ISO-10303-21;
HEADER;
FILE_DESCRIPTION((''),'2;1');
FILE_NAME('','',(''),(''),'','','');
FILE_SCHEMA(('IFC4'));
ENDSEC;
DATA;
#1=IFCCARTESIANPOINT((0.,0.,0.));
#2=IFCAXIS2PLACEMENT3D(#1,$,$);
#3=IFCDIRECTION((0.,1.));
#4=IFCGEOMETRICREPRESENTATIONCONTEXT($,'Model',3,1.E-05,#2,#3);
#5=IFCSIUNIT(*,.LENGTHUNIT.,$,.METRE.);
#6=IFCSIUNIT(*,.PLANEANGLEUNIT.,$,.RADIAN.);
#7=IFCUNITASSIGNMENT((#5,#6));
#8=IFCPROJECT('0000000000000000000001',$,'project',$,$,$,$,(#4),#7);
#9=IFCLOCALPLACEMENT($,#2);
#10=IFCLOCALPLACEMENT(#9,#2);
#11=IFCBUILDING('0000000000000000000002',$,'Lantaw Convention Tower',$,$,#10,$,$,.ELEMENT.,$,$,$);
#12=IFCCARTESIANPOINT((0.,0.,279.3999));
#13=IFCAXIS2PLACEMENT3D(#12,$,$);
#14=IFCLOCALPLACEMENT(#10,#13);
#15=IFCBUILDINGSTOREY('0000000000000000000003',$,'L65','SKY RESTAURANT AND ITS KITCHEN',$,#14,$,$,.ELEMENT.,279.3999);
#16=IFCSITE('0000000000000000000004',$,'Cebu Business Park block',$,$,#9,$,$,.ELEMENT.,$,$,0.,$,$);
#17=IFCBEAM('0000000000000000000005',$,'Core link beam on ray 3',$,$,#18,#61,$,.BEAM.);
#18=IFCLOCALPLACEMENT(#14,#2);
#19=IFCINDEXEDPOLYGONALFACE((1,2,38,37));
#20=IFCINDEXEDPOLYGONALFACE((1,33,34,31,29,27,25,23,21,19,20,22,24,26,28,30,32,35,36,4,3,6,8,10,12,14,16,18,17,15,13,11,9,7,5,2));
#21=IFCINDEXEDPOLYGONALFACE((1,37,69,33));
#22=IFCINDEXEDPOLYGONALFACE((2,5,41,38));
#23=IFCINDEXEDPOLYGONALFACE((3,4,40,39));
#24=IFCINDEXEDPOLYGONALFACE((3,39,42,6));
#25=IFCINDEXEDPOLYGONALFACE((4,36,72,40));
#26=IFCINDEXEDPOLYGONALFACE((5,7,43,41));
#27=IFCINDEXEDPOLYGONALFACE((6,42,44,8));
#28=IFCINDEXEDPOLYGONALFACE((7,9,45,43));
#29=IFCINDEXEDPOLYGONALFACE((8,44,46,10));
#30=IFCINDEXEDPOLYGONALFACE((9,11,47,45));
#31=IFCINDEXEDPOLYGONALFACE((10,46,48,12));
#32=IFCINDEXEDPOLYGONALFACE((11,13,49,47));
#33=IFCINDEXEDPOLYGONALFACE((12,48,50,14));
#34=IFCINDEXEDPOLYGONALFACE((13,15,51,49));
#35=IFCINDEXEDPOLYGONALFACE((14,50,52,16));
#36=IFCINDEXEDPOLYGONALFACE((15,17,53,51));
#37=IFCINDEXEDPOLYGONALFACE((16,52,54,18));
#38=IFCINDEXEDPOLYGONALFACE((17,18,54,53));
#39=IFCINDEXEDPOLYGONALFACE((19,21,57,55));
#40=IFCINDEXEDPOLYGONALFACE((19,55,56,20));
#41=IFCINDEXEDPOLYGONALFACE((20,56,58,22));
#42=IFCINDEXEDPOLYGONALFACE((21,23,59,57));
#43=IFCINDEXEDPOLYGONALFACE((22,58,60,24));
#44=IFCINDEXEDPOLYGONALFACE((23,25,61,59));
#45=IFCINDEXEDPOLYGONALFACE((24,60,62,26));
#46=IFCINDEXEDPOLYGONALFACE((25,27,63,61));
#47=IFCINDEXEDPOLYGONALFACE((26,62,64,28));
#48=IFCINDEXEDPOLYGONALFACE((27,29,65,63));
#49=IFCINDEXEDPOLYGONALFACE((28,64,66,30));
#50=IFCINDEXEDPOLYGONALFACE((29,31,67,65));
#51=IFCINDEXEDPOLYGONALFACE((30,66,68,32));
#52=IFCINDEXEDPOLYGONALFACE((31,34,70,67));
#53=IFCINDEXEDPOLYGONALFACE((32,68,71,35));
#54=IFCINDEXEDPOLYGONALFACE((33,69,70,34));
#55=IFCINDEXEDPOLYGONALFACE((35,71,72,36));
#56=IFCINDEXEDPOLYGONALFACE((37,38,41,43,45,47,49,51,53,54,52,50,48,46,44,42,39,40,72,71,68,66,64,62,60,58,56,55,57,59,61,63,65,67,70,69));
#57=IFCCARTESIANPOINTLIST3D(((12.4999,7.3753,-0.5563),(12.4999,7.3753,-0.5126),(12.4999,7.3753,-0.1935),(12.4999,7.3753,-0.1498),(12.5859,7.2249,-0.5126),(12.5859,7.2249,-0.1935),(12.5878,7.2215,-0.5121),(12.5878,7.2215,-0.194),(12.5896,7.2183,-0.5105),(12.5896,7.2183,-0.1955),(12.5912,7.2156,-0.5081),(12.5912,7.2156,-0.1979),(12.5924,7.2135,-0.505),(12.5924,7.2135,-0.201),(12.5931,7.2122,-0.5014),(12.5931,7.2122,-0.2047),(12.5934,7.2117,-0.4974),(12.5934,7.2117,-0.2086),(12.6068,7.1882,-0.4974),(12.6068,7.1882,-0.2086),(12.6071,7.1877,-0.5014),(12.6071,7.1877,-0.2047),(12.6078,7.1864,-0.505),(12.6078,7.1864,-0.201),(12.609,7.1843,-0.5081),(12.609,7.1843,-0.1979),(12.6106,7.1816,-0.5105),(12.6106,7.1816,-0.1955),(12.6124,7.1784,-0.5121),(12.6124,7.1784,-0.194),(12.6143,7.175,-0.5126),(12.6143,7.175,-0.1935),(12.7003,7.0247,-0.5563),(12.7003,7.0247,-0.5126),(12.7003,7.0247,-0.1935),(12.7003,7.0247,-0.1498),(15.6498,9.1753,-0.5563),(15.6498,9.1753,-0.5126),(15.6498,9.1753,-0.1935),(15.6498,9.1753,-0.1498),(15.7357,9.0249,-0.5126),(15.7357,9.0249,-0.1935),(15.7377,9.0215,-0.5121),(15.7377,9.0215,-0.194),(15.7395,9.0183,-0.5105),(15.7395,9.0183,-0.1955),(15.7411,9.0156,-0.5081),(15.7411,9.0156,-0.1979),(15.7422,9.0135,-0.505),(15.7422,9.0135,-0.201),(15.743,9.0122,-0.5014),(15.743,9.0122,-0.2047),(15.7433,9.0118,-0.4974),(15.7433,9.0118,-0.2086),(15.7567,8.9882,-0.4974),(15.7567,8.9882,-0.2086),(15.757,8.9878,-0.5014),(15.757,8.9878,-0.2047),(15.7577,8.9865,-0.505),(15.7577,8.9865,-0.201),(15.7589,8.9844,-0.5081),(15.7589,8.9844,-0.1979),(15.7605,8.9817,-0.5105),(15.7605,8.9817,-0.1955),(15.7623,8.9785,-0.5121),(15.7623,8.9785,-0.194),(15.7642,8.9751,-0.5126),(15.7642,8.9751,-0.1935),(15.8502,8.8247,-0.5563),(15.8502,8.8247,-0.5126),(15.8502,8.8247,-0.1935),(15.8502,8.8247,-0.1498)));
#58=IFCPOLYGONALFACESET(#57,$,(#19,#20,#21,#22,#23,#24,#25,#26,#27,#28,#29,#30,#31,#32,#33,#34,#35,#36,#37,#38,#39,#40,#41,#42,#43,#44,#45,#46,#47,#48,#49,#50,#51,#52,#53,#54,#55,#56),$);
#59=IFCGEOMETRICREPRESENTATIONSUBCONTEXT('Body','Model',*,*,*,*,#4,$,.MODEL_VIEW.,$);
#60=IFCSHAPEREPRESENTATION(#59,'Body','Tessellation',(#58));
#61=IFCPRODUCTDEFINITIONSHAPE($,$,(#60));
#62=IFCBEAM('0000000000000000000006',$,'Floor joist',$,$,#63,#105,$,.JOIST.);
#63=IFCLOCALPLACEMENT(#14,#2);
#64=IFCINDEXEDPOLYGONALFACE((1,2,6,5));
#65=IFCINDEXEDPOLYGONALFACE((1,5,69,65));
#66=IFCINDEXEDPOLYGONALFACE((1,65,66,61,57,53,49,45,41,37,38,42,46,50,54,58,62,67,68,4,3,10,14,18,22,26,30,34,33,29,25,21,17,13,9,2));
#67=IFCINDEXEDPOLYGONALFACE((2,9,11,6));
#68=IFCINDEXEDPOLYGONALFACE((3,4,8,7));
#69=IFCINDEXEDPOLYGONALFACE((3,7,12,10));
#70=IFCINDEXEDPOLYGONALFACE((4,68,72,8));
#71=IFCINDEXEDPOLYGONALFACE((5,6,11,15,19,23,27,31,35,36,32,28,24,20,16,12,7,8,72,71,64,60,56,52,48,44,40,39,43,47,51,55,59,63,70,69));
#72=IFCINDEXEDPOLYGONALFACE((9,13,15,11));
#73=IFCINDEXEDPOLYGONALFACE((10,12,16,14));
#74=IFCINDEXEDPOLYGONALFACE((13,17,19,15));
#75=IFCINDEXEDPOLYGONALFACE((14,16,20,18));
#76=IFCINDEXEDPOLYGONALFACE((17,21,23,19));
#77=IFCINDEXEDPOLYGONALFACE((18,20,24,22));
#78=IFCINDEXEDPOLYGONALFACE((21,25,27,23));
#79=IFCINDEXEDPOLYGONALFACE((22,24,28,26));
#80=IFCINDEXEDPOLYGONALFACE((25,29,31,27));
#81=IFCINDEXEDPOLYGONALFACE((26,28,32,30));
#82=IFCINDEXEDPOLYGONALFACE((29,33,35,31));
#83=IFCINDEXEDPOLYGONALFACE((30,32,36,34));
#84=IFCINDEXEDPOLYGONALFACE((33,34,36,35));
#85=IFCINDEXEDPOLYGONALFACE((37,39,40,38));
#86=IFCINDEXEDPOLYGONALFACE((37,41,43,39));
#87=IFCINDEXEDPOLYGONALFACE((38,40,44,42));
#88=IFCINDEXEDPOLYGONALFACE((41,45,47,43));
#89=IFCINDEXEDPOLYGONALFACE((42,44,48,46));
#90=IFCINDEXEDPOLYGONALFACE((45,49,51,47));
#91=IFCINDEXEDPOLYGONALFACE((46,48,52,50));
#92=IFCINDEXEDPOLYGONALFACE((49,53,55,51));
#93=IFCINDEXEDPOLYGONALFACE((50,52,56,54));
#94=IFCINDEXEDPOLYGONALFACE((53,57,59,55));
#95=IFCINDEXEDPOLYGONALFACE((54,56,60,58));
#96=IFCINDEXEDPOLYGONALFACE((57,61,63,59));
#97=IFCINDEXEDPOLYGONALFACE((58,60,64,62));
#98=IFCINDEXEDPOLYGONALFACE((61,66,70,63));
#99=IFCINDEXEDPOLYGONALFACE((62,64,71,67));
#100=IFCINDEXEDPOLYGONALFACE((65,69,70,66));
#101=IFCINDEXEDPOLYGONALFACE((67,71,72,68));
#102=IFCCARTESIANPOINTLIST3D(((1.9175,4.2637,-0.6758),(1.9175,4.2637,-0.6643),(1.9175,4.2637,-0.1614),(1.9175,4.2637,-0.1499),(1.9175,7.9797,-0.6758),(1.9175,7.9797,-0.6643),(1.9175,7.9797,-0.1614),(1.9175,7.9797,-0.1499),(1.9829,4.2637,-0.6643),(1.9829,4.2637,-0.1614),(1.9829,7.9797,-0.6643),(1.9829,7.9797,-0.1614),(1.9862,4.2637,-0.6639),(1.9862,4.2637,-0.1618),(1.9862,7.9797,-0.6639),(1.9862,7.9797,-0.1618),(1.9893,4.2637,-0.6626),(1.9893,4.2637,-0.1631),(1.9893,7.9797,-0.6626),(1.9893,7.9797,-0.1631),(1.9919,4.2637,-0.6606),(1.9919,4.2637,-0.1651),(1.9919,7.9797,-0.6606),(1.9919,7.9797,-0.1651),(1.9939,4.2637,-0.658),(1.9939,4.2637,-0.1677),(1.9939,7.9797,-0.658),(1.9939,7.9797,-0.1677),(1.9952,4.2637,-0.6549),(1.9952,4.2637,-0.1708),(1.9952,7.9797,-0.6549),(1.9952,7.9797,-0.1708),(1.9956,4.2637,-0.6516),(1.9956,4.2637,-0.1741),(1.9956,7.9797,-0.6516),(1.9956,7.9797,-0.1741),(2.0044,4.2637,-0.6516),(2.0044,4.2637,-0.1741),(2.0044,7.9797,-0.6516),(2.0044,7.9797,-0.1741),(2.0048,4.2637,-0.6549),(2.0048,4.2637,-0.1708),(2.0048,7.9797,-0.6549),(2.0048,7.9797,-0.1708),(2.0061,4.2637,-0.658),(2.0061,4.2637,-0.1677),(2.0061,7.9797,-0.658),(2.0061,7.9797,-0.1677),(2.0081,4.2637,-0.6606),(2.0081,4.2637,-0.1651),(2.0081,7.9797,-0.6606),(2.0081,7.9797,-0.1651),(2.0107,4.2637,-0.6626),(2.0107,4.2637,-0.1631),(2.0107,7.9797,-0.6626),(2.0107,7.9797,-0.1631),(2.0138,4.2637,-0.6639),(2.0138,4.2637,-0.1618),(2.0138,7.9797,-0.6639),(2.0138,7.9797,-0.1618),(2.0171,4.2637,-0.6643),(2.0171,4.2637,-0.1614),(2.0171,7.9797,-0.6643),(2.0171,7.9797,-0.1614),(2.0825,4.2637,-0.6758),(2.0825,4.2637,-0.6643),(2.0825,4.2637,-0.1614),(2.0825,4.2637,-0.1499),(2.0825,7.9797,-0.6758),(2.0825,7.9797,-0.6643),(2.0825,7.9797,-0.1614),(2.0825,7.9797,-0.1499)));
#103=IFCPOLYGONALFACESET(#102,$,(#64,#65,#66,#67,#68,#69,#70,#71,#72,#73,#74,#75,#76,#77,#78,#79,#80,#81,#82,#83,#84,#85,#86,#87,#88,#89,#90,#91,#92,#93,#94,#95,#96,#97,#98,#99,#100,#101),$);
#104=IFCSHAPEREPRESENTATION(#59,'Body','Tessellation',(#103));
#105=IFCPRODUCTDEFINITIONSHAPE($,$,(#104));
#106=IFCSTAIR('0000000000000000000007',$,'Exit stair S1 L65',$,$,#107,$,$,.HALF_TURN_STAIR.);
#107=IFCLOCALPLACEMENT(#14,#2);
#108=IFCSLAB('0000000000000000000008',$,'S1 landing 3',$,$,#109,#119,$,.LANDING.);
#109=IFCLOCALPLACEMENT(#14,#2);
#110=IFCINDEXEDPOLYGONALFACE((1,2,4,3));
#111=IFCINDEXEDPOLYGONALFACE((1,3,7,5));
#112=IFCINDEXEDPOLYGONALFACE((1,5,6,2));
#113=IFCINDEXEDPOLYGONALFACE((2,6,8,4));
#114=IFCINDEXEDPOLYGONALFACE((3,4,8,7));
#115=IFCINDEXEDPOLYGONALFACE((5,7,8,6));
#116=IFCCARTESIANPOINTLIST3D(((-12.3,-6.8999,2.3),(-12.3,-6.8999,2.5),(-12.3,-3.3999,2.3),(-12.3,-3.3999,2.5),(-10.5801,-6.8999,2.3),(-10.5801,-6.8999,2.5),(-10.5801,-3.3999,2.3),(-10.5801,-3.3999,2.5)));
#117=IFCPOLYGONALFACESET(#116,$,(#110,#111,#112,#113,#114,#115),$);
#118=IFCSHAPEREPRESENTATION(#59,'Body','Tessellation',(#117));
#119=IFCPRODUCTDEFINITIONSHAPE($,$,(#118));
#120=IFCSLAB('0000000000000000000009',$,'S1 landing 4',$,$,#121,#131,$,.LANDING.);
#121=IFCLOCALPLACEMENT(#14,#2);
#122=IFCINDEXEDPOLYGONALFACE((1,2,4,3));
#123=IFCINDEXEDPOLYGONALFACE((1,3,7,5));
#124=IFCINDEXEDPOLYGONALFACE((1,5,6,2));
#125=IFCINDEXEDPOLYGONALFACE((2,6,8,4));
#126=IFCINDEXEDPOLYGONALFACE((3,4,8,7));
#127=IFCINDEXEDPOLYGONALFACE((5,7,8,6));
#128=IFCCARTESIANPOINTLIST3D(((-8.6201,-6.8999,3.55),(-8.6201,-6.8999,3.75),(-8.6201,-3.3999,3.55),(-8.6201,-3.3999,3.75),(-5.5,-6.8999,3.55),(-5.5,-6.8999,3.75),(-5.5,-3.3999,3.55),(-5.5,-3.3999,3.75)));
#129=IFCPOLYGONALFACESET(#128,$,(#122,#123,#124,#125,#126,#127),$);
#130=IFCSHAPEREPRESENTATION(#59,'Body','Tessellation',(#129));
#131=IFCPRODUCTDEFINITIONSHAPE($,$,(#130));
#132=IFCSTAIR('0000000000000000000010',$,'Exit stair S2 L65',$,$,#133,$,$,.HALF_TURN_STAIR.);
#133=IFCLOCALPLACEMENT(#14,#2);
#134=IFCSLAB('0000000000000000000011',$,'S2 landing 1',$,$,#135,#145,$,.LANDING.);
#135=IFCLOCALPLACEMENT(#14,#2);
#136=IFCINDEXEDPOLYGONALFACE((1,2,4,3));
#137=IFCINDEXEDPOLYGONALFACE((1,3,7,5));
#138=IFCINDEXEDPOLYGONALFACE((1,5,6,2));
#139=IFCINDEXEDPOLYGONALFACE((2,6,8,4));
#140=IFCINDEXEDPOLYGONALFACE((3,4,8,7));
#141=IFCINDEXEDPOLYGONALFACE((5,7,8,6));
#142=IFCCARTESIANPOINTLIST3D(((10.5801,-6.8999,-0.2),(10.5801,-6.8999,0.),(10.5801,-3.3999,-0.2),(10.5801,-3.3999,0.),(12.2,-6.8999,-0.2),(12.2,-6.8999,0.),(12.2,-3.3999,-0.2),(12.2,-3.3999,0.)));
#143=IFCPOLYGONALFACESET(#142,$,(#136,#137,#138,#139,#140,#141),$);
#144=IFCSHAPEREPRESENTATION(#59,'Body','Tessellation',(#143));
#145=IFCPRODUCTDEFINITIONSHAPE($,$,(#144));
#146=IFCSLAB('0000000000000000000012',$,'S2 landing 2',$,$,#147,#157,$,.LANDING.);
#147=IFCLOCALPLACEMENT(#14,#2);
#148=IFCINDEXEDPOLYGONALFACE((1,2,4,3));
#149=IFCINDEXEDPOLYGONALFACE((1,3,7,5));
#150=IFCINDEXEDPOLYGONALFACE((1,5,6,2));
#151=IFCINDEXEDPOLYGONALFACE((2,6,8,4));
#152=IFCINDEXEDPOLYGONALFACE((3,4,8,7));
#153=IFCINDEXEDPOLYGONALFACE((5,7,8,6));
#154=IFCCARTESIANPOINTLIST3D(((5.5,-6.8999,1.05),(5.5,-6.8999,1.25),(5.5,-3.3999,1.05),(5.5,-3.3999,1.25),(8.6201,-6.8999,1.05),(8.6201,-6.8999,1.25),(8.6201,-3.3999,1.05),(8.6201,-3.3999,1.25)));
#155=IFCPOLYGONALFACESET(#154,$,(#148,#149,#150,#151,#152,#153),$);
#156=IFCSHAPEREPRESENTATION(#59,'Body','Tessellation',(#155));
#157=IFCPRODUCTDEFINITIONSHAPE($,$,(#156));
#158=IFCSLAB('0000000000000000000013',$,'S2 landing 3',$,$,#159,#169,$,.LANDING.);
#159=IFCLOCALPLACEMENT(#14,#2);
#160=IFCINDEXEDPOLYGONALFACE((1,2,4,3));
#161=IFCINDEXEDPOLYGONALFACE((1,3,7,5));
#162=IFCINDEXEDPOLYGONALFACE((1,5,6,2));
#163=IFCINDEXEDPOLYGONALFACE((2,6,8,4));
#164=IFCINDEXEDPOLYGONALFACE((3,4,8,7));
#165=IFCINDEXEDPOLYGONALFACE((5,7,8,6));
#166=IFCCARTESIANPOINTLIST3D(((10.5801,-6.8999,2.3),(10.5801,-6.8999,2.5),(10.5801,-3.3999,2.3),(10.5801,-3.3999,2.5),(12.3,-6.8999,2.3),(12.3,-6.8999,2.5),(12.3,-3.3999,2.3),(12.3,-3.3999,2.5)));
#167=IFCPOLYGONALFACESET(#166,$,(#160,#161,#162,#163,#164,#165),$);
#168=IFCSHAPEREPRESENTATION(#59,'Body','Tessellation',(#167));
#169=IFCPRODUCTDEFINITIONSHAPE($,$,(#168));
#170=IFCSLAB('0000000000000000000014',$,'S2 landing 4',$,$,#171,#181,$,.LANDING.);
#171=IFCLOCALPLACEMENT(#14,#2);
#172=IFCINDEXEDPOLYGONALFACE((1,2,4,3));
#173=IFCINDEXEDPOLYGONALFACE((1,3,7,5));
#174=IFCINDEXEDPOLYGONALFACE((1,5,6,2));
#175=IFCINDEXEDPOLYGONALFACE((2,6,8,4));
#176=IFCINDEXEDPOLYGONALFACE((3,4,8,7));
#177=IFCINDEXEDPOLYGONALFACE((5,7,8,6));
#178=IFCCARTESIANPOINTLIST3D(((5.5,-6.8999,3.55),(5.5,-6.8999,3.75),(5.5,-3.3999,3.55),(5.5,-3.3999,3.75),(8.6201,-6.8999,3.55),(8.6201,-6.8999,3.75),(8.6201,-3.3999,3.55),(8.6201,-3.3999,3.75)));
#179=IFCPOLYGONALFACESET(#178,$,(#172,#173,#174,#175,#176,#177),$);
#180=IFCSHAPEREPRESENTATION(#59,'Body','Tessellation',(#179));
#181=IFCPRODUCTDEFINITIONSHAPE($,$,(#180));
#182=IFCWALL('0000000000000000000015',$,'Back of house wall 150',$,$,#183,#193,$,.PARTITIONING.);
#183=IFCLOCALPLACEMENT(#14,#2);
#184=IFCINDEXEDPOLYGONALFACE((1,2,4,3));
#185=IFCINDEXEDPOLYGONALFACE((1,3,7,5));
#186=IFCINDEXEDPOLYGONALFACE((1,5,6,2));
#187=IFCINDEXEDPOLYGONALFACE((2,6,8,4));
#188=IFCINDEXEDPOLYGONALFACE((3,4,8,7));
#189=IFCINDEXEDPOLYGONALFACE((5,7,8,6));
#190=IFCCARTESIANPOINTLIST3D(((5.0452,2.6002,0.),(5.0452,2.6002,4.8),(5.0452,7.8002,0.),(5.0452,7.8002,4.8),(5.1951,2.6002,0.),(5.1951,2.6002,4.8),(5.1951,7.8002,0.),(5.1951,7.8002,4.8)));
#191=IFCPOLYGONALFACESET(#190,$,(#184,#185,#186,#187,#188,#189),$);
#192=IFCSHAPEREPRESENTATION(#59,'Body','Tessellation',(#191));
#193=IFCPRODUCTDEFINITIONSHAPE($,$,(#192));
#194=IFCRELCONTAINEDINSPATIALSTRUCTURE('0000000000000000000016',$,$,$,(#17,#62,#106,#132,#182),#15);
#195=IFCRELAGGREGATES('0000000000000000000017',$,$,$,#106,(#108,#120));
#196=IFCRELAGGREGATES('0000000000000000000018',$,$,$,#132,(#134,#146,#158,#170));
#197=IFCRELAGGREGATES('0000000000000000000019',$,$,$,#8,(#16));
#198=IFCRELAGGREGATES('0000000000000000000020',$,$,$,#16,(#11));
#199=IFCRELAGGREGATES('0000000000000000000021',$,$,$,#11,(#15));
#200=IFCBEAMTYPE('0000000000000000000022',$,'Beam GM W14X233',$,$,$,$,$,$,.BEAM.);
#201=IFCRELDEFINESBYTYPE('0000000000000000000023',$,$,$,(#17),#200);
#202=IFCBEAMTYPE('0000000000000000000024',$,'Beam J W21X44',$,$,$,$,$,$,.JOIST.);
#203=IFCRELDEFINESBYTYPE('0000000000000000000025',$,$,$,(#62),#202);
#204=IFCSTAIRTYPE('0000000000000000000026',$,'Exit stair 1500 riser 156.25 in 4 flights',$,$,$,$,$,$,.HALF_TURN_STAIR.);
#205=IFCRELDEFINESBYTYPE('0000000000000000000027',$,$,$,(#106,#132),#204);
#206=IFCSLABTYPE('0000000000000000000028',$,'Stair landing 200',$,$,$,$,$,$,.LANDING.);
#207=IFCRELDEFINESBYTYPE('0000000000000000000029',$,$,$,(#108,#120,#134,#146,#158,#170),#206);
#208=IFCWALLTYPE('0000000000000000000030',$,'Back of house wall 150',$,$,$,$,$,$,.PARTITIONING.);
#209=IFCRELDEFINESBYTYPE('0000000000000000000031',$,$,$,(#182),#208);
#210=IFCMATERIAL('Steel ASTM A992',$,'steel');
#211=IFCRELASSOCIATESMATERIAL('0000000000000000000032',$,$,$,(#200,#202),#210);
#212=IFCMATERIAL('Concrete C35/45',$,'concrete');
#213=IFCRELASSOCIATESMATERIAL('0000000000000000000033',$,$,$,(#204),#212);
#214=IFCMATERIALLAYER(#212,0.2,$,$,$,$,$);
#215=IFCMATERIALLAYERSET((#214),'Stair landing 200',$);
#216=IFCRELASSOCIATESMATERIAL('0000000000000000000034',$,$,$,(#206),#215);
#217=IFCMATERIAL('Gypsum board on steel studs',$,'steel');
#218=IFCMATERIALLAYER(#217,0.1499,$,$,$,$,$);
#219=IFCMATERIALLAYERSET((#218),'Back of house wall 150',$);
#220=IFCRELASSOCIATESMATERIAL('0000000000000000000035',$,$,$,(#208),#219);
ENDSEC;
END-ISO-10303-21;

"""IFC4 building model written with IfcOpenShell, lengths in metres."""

from ifc_helpers import new_model, si_unit, direction, frame, frame_2d, origin, origin_2d, place, context, subcontext, project, spatial, polyline, rectangle, i_section, outline, extrude, material, layer, layer_set, material_profile, profile_set, type_object, element, aggregate, save


model = new_model("IFC4")

# Units and contexts
model_context = context("Model", 3, precision=1e-05, world=origin(), true_north=direction((0.0, 1.0)))
body_context = subcontext(model_context, "Body", "Model", "MODEL_VIEW")
ifc_project = project(units=[si_unit("LENGTHUNIT", "METRE"), si_unit("PLANEANGLEUNIT", "RADIAN")], contexts=[model_context])

# Site, building, storey
site_placement = place(None, origin())
site = spatial("IfcSite", under=ifc_project, at=site_placement, Name="Cebu Business Park block", CompositionType="ELEMENT", RefElevation=0.0)
building_placement = place(site_placement, origin())
building = spatial("IfcBuilding", under=site, at=building_placement, Name="Lantaw Convention Tower", CompositionType="ELEMENT")
storey_placement = place(building_placement, frame((0.0, 0.0, 279.3999)))
storey = spatial("IfcBuildingStorey", under=building, at=storey_placement, Name="L65", Description="SKY RESTAURANT AND ITS KITCHEN", CompositionType="ELEMENT", Elevation=279.3999)

# Beams
ifc_material_1 = material(Name="Steel ASTM A992", Category="steel")
ifc_material_profile_1 = material_profile(ifc_material_1, i_section(OverallWidth=0.4038, OverallDepth=0.4065, WebThickness=0.0271, FlangeThickness=0.0437, FilletRadius=0.0151, at=origin_2d()), Name="W14X233")
ifc_profile_set_1 = profile_set([ifc_material_profile_1], Name="Steel ASTM A992")
beam_type_1 = type_object("IfcBeamType", Name="Beam GM W14X233", PredefinedType="BEAM", material=ifc_profile_set_1)
beam_1_placement = place(storey_placement, frame((12.6001, 7.2, -0.353), z_axis=(0.868231, 0.496161, 0.0), x_axis=(-0.496161, 0.868231, 0.0)))
element("IfcBeam", 1, at=beam_1_placement, inside=storey, type_object=beam_type_1, Name="Core link beam on ray 3", PredefinedType="BEAM", context=body_context, shape_type="SweptSolid", body=[
    extrude(i_section(OverallWidth=0.4038, OverallDepth=0.4065, WebThickness=0.0271, FlangeThickness=0.0437, FilletRadius=0.0151, at=origin_2d()), origin(), (0.0, 0.0, 1.0), 3.6279),
])
ifc_material_profile_2 = material_profile(ifc_material_1, i_section(OverallWidth=0.165, OverallDepth=0.5259, WebThickness=0.0088, FlangeThickness=0.0115, FilletRadius=0.0127, at=origin_2d()), Name="W21X44")
ifc_profile_set_2 = profile_set([ifc_material_profile_2], Name="Steel ASTM A992")
beam_type_2 = type_object("IfcBeamType", Name="Beam J W21X44", PredefinedType="JOIST", material=ifc_profile_set_2)
beam_2_placement = place(storey_placement, frame((2.0, 4.2637, -0.4128), z_axis=(0.0, 1.0, 0.0), x_axis=(-1.0, 0.0, 0.0)))
element("IfcBeam", 2, at=beam_2_placement, inside=storey, type_object=beam_type_2, Name="Floor joist", PredefinedType="JOIST", context=body_context, shape_type="SweptSolid", body=[
    extrude(i_section(OverallWidth=0.165, OverallDepth=0.5259, WebThickness=0.0088, FlangeThickness=0.0115, FilletRadius=0.0127, at=origin_2d()), origin(), (0.0, 0.0, 1.0), 3.7161),
])

# Stairs, slabs
ifc_material_2 = material(Name="Concrete C35/45", Category="concrete")
stair_type = type_object("IfcStairType", Name="Exit stair 1500 riser 156.25 in 4 flights", PredefinedType="HALF_TURN_STAIR", material=ifc_material_2)
stair_1_placement = place(storey_placement, origin())
stair_1 = element("IfcStair", 3, at=stair_1_placement, inside=storey, type_object=stair_type, Name="Exit stair S1 L65", PredefinedType="HALF_TURN_STAIR")
ifc_layer_1 = layer(ifc_material_2, 0.2)
ifc_layer_set_1 = layer_set([ifc_layer_1], Name="Stair landing 200")
slab_type = type_object("IfcSlabType", Name="Stair landing 200", PredefinedType="LANDING", material=ifc_layer_set_1)
slab_1_placement = place(storey_placement, frame((0.0, 0.0, 2.3)))
slab_1 = element("IfcSlab", 4, at=slab_1_placement, type_object=slab_type, Name="S1 landing 3", PredefinedType="LANDING", context=body_context, shape_type="SweptSolid", body=[
    extrude(outline(polyline([(-12.3, -6.8999), (-10.5801, -6.8999), (-10.5801, -3.3999), (-12.3, -3.3999), (-12.3, -6.8999)])), origin(), (0.0, 0.0, 1.0), 0.2),
])
slab_2_placement = place(storey_placement, frame((0.0, 0.0, 3.55)))
slab_2 = element("IfcSlab", 5, at=slab_2_placement, type_object=slab_type, Name="S1 landing 4", PredefinedType="LANDING", context=body_context, shape_type="SweptSolid", body=[
    extrude(outline(polyline([(-8.6201, -6.8999), (-5.5, -6.8999), (-5.5, -3.3999), (-8.6201, -3.3999), (-8.6201, -6.8999)])), origin(), (0.0, 0.0, 1.0), 0.2),
])
aggregate(stair_1, [slab_1, slab_2])
stair_2_placement = place(storey_placement, origin())
stair_2 = element("IfcStair", 6, at=stair_2_placement, inside=storey, type_object=stair_type, Name="Exit stair S2 L65", PredefinedType="HALF_TURN_STAIR")
slab_3_placement = place(storey_placement, frame((0.0, 0.0, -0.2)))
slab_3 = element("IfcSlab", 7, at=slab_3_placement, type_object=slab_type, Name="S2 landing 1", PredefinedType="LANDING", context=body_context, shape_type="SweptSolid", body=[
    extrude(outline(polyline([(10.5801, -6.8999), (12.2, -6.8999), (12.2, -3.3999), (10.5801, -3.3999), (10.5801, -6.8999)])), origin(), (0.0, 0.0, 1.0), 0.2),
])
slab_4_placement = place(storey_placement, frame((0.0, 0.0, 1.05)))
slab_4 = element("IfcSlab", 8, at=slab_4_placement, type_object=slab_type, Name="S2 landing 2", PredefinedType="LANDING", context=body_context, shape_type="SweptSolid", body=[
    extrude(outline(polyline([(5.5, -6.8999), (8.6201, -6.8999), (8.6201, -3.3999), (5.5, -3.3999), (5.5, -6.8999)])), origin(), (0.0, 0.0, 1.0), 0.2),
])
slab_5_placement = place(storey_placement, frame((0.0, 0.0, 2.3)))
slab_5 = element("IfcSlab", 9, at=slab_5_placement, type_object=slab_type, Name="S2 landing 3", PredefinedType="LANDING", context=body_context, shape_type="SweptSolid", body=[
    extrude(outline(polyline([(10.5801, -6.8999), (12.3, -6.8999), (12.3, -3.3999), (10.5801, -3.3999), (10.5801, -6.8999)])), origin(), (0.0, 0.0, 1.0), 0.2),
])
slab_6_placement = place(storey_placement, frame((0.0, 0.0, 3.55)))
slab_6 = element("IfcSlab", 10, at=slab_6_placement, type_object=slab_type, Name="S2 landing 4", PredefinedType="LANDING", context=body_context, shape_type="SweptSolid", body=[
    extrude(outline(polyline([(5.5, -6.8999), (8.6201, -6.8999), (8.6201, -3.3999), (5.5, -3.3999), (5.5, -6.8999)])), origin(), (0.0, 0.0, 1.0), 0.2),
])
aggregate(stair_2, [slab_3, slab_4, slab_5, slab_6])

# Wall
ifc_material_3 = material(Name="Gypsum board on steel studs", Category="steel")
ifc_layer_2 = layer(ifc_material_3, 0.1499)
ifc_layer_set_2 = layer_set([ifc_layer_2], Name="Back of house wall 150")
wall_type_1 = type_object("IfcWallType", Name="Back of house wall 150", PredefinedType="PARTITIONING", material=ifc_layer_set_2)
wall_1_placement = place(storey_placement, frame((5.1201, 2.6001, 0.0), z_axis=(0.0, 0.0, 1.0), x_axis=(0.0, 1.0, 0.0)))
element("IfcWall", 11, at=wall_1_placement, inside=storey, type_object=wall_type_1, Name="Back of house wall 150", PredefinedType="PARTITIONING", context=body_context, shape_type="SweptSolid", body=[
    extrude(rectangle(XDim=5.2, YDim=0.1499, at=frame_2d((2.6001, 0.0))), origin(), (0.0, 0.0, 1.0), 4.8),
])

save(model, "model.ifc")
